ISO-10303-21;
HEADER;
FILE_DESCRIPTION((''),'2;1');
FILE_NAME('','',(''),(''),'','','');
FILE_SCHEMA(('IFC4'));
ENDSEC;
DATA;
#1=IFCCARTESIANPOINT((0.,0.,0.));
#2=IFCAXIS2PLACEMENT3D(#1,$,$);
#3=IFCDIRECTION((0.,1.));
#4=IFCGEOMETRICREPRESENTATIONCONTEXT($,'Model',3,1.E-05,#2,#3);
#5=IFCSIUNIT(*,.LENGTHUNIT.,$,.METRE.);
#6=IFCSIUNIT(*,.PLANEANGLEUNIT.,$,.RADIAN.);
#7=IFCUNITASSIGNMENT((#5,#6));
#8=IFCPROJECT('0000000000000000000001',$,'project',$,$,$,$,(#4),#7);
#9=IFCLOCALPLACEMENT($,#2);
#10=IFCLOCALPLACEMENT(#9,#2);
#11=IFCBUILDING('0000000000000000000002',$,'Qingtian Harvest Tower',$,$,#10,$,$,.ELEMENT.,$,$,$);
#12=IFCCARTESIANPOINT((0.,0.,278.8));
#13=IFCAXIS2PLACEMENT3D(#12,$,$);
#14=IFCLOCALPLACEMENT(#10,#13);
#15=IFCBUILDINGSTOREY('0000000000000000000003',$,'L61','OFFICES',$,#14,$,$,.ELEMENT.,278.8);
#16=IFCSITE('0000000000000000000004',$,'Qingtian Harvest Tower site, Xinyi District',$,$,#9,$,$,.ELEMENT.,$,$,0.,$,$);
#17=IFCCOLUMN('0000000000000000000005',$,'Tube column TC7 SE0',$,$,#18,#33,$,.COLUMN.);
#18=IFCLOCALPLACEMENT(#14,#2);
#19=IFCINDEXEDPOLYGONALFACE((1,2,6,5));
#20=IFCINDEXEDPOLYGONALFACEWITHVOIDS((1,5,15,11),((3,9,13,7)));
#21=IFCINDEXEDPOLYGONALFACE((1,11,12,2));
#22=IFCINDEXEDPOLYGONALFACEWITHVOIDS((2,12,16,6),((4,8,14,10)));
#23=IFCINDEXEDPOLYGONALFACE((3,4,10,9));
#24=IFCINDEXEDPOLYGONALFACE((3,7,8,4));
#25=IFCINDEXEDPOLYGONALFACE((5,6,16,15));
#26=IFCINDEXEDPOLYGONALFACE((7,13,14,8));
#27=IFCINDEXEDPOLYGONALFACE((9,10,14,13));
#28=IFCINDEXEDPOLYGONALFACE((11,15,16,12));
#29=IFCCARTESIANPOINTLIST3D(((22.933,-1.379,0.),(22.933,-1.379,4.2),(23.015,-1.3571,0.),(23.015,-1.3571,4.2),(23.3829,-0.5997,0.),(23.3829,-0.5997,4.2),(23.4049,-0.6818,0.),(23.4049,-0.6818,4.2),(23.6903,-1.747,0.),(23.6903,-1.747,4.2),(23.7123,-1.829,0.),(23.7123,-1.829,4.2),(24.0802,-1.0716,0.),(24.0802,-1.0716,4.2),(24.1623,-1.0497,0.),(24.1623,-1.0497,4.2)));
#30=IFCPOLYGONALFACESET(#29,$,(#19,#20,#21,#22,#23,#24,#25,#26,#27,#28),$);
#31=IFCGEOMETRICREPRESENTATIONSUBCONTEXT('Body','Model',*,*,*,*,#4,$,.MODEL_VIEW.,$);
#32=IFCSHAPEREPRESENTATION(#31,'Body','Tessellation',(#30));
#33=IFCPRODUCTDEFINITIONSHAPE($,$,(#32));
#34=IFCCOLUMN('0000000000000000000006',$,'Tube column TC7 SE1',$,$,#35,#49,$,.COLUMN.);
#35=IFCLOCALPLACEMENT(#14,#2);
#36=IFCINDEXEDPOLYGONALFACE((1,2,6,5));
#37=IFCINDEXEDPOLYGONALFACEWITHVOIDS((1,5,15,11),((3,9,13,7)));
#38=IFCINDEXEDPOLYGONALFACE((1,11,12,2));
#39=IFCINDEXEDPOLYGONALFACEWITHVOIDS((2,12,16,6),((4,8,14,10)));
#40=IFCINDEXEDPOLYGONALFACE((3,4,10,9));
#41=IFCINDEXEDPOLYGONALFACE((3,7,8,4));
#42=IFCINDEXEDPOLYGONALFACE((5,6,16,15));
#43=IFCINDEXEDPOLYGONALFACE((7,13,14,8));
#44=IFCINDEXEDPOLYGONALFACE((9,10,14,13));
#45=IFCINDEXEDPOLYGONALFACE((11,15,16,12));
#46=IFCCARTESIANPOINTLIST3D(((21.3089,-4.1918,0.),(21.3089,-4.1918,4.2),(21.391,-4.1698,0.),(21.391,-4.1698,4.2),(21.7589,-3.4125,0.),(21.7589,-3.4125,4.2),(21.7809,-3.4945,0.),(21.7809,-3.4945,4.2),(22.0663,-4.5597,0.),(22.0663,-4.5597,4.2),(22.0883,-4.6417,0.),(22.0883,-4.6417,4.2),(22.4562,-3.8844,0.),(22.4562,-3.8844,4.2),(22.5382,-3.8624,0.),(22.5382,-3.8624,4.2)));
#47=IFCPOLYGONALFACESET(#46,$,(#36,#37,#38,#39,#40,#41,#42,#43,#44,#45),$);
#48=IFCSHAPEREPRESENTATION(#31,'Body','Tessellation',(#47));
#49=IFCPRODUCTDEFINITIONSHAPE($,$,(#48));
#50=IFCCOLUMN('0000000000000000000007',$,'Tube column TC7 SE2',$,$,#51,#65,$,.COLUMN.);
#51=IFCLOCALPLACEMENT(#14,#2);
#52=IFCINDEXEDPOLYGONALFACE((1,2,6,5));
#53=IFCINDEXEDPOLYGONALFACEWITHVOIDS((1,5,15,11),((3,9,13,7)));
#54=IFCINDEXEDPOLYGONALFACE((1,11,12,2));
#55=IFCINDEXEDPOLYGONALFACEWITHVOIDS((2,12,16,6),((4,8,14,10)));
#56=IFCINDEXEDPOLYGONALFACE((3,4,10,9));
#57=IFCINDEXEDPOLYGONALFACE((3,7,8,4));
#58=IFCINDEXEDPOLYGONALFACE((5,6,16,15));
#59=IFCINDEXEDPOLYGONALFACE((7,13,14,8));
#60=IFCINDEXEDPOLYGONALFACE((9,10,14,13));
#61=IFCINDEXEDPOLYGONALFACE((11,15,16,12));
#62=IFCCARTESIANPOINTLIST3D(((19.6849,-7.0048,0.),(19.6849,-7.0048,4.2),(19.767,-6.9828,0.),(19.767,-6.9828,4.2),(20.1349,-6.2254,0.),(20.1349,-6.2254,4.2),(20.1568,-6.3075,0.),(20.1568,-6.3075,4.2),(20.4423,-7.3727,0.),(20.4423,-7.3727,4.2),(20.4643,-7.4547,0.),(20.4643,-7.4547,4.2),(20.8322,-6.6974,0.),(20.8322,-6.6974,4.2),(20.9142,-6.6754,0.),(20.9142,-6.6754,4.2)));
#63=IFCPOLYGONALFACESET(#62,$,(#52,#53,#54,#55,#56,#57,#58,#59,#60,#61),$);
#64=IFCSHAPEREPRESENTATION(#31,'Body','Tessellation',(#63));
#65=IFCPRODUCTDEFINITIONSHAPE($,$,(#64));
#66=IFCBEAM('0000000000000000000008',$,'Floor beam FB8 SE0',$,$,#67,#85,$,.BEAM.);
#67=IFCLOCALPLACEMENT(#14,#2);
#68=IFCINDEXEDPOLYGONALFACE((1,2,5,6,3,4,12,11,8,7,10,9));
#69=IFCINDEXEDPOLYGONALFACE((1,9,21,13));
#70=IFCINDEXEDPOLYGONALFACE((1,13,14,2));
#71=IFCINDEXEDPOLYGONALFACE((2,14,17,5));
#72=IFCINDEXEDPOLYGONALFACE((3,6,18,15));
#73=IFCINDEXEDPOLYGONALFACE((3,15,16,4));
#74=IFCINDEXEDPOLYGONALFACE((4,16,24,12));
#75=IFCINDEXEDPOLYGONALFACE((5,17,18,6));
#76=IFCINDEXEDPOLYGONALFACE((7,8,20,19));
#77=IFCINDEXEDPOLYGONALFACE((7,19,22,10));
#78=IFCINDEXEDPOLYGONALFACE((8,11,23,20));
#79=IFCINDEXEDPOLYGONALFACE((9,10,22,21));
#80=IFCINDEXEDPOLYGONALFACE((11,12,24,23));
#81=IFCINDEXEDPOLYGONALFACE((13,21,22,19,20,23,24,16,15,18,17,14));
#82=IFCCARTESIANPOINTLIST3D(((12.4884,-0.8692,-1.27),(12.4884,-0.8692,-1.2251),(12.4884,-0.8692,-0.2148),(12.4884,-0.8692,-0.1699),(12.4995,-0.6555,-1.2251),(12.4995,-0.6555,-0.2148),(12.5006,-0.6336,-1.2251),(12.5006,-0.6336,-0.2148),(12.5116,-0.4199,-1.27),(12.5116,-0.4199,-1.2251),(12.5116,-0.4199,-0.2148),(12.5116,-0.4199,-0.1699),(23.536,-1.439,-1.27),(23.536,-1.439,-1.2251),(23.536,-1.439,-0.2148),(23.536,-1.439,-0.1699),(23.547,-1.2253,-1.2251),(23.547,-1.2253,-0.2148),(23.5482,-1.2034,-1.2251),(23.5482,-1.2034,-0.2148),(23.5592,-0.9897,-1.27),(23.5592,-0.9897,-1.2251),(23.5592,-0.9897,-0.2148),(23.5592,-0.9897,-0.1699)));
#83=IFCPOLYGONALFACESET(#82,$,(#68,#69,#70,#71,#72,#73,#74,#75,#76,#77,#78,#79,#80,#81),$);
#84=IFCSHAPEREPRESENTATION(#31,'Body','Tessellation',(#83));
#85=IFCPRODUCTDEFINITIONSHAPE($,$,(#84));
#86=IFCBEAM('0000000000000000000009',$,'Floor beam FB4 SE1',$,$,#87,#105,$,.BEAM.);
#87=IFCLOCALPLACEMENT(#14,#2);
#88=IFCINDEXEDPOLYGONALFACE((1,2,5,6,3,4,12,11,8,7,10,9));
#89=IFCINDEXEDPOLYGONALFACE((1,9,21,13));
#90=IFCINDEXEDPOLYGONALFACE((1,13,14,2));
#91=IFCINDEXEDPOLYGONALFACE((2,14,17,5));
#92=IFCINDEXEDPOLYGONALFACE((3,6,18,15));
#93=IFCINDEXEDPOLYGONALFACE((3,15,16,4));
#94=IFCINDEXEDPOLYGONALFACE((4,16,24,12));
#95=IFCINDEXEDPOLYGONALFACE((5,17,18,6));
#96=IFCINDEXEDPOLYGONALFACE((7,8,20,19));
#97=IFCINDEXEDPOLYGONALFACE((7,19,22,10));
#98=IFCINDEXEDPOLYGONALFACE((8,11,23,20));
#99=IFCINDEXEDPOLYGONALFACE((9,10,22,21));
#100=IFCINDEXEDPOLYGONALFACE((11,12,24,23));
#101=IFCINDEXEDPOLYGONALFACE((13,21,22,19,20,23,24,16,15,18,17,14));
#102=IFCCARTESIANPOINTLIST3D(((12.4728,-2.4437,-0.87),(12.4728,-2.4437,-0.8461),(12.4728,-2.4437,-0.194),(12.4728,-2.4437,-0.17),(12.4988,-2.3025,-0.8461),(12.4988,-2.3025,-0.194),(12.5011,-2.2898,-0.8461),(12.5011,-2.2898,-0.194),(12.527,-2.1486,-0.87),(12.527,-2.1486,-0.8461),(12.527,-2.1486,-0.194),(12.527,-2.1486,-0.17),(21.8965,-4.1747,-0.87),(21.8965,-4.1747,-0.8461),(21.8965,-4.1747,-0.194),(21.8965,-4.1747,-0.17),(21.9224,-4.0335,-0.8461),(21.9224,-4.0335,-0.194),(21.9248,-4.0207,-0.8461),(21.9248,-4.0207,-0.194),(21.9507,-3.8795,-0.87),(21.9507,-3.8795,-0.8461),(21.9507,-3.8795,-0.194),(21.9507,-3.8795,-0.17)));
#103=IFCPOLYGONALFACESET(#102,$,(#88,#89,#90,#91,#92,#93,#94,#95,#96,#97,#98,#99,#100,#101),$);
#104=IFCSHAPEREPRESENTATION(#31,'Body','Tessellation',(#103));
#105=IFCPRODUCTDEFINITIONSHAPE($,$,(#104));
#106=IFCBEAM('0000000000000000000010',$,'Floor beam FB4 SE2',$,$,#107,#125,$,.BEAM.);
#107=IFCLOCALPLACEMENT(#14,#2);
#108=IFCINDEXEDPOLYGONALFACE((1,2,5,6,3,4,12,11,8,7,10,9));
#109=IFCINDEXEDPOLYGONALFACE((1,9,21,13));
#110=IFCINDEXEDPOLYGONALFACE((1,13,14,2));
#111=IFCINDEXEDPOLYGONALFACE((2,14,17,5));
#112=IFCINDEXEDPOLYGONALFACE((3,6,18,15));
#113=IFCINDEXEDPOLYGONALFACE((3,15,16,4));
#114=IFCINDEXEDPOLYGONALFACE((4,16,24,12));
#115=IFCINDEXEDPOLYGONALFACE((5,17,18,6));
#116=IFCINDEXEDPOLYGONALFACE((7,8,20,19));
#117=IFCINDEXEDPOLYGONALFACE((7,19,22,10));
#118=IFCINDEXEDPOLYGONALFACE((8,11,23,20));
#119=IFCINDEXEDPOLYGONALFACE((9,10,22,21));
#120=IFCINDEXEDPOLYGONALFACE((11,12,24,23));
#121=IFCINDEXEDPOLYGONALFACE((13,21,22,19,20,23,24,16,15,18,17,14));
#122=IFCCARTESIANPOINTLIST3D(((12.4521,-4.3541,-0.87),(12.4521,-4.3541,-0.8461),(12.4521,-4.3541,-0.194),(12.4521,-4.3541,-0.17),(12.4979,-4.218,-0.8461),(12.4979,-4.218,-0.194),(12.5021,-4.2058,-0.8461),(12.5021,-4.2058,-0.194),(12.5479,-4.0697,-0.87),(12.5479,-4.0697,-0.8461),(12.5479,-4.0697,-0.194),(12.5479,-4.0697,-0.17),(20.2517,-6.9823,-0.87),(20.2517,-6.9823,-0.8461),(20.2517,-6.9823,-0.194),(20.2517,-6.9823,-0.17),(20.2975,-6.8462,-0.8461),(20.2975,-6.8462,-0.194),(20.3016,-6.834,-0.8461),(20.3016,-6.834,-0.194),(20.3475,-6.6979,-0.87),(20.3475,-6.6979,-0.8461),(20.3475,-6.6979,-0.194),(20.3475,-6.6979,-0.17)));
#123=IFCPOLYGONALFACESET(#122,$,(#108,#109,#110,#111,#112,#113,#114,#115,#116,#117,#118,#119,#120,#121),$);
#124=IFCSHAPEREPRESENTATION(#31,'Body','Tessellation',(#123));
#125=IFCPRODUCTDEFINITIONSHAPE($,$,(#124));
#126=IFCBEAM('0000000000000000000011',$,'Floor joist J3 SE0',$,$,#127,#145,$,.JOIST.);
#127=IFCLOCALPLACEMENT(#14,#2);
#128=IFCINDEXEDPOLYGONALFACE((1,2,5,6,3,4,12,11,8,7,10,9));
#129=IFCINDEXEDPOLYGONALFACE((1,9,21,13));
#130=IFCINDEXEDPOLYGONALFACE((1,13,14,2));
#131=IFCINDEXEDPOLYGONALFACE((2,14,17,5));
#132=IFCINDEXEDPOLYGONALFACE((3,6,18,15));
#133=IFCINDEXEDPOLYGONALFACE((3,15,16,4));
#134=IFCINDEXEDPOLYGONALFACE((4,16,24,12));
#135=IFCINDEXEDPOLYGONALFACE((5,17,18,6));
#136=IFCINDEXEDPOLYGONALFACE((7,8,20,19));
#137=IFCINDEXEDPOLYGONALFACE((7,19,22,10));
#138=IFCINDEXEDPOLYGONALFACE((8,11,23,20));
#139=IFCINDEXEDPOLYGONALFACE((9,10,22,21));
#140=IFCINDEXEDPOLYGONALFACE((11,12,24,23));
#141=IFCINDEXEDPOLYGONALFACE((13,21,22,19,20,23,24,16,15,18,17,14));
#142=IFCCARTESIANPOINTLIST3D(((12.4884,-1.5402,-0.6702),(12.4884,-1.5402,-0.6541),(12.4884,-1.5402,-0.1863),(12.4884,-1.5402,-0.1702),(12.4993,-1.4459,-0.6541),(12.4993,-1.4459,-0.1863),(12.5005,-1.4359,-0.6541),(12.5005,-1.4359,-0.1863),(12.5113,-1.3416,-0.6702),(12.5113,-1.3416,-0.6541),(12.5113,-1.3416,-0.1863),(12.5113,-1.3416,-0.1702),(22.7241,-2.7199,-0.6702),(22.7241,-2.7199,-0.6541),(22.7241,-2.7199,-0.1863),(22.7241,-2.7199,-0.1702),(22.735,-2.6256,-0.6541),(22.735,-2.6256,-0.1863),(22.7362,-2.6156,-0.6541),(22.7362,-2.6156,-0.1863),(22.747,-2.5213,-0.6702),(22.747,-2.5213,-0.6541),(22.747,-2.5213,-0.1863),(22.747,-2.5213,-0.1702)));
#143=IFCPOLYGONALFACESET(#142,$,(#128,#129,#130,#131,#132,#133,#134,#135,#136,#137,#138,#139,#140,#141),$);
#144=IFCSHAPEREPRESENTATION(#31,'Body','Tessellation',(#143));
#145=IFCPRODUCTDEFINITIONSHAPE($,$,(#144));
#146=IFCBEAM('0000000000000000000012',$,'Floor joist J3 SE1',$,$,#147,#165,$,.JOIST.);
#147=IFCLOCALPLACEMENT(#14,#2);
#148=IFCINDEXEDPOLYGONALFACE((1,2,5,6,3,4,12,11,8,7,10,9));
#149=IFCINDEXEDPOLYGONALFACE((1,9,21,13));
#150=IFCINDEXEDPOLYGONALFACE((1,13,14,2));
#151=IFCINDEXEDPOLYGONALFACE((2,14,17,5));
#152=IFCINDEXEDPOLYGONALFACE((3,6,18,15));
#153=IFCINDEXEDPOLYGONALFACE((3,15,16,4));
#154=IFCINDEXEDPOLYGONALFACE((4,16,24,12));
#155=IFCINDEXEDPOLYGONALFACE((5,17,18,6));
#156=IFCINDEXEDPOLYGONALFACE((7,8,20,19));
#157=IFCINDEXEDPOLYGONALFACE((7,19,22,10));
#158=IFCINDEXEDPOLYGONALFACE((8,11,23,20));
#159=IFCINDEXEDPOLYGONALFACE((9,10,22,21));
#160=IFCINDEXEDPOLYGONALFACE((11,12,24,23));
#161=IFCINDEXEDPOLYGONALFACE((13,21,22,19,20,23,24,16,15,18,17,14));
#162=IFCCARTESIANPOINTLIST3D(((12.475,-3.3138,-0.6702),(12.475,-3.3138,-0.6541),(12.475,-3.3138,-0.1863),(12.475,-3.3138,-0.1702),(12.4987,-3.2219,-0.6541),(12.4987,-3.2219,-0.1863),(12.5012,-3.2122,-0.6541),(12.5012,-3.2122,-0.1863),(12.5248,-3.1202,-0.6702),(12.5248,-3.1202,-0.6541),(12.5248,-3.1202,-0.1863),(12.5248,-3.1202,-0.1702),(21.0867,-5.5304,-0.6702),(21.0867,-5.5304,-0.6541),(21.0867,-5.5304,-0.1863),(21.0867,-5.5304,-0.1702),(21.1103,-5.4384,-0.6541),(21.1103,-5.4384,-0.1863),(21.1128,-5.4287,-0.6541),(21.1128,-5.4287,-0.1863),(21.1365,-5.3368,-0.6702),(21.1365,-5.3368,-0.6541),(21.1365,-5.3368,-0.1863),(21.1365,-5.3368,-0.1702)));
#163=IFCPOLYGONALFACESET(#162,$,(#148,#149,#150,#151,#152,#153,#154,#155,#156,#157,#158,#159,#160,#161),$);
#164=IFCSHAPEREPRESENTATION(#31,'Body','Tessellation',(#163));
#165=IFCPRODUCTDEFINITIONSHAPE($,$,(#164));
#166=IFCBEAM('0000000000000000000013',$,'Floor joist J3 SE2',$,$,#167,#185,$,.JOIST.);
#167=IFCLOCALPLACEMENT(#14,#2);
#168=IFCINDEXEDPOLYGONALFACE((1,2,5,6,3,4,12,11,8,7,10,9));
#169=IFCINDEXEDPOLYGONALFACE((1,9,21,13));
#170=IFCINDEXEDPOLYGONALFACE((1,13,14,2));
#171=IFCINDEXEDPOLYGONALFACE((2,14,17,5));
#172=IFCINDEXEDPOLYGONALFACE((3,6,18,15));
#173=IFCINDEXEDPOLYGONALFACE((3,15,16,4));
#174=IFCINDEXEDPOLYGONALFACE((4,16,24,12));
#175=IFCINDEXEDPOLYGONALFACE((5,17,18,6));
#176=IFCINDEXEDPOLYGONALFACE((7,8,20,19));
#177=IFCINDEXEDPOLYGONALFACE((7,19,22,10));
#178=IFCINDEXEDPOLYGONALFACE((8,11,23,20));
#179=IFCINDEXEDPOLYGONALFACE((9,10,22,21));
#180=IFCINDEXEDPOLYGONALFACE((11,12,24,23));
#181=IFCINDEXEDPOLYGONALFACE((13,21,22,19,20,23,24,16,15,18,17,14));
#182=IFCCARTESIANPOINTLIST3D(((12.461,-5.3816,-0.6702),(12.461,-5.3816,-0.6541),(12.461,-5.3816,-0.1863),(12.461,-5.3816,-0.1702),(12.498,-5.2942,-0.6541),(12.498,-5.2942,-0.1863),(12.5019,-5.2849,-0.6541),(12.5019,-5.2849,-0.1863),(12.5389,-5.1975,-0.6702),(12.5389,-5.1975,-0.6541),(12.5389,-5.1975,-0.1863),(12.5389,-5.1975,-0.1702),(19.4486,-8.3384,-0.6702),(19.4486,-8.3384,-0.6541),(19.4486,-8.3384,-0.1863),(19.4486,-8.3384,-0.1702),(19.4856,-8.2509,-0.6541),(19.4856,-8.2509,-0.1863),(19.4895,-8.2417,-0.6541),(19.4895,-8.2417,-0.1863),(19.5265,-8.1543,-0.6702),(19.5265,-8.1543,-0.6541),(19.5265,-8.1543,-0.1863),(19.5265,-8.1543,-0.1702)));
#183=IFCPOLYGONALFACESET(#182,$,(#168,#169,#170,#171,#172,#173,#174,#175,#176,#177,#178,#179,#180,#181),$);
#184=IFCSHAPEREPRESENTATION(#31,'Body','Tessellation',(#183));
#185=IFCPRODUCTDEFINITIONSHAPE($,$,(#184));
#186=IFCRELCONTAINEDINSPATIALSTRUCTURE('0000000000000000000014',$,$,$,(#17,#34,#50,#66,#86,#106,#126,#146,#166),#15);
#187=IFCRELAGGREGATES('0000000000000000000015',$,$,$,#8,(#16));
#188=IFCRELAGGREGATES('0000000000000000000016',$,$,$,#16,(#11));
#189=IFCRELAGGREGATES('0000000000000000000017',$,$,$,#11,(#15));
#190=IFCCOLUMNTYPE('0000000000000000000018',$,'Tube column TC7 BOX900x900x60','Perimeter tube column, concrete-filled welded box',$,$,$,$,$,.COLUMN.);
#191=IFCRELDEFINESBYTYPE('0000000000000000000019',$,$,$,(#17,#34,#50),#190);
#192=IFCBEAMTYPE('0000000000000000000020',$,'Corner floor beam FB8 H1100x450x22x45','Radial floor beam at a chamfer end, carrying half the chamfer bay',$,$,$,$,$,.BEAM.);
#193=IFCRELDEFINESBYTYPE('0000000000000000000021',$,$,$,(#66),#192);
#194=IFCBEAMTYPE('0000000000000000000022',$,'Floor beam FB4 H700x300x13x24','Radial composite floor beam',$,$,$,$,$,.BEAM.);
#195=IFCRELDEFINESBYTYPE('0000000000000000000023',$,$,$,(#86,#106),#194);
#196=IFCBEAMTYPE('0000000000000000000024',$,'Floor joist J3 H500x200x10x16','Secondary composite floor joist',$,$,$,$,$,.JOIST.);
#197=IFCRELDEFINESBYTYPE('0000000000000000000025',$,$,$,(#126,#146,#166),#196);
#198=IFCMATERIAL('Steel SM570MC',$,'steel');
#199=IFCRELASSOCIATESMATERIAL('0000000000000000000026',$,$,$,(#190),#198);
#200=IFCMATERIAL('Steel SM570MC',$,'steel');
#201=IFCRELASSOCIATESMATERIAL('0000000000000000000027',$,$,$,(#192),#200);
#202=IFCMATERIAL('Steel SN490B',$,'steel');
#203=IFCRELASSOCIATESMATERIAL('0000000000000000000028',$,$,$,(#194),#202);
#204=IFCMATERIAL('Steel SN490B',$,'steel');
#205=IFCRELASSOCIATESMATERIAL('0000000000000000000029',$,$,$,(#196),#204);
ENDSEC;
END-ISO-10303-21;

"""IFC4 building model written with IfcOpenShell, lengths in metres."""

from ifc_helpers import new_model, si_unit, direction, frame, origin, origin_2d, place, context, subcontext, project, spatial, hollow_rectangle, i_section, extrude, material, material_profile, profile_set, type_object, element, save


model = new_model("IFC4")

# Units and contexts
model_context = context("Model", 3, precision=1e-05, world=origin(), true_north=direction((0.0, 1.0)))
body_context = subcontext(model_context, "Body", "Model", "MODEL_VIEW")
ifc_project = project(units=[si_unit("LENGTHUNIT", "METRE"), si_unit("PLANEANGLEUNIT", "RADIAN")], contexts=[model_context])

# Site, building, storey
site_placement = place(None, origin())
site = spatial("IfcSite", under=ifc_project, at=site_placement, Name="Qingtian Harvest Tower site, Xinyi District", CompositionType="ELEMENT", RefElevation=0.0)
building_placement = place(site_placement, origin())
building = spatial("IfcBuilding", under=site, at=building_placement, Name="Qingtian Harvest Tower", CompositionType="ELEMENT")
storey_placement = place(building_placement, frame((0.0, 0.0, 278.8)))
storey = spatial("IfcBuildingStorey", under=building, at=storey_placement, Name="L61", Description="OFFICES", CompositionType="ELEMENT", Elevation=278.8)

# Columns
ifc_material_1 = material(Name="Steel SM570MC", Category="steel")
ifc_material_profile_1 = material_profile(ifc_material_1, hollow_rectangle(XDim=0.8999, YDim=0.8999, WallThickness=0.0601, at=origin_2d()), Name="BOX900x900x60")
ifc_profile_set_1 = profile_set([ifc_material_profile_1], Name="Steel SM570MC")
column_type = type_object("IfcColumnType", Name="Tube column TC7 BOX900x900x60", Description="Perimeter tube column, concrete-filled welded box", PredefinedType="COLUMN", material=ifc_profile_set_1)
for number, where, z_axis, x_axis, name in (
    (1, (23.5476, -1.2144, 0.0), (0.0, 0.0, 1.0), (0.5, 0.866025, 0.0), "Tube column TC7 SE0"),
    (2, (21.9236, -4.0271, 0.0), (0.0, 0.0, 1.0), (0.5, 0.866025, 0.0), "Tube column TC7 SE1"),
    (3, (20.2996, -6.8401, 0.0), (0.0, 0.0, 1.0), (0.5, 0.866025, 0.0), "Tube column TC7 SE2"),
):
    element("IfcColumn", number, at=place(storey_placement, frame(where, z_axis=z_axis, x_axis=x_axis)), inside=storey, type_object=column_type, Name=name, PredefinedType="COLUMN", context=body_context, shape_type="SweptSolid", body=[
        extrude(hollow_rectangle(XDim=0.8999, YDim=0.8999, WallThickness=0.0601, at=origin_2d()), origin(), (0.0, 0.0, 1.0), 4.2),
    ])

# Beams
ifc_material_2 = material(Name="Steel SM570MC", Category="steel")
ifc_material_profile_2 = material_profile(ifc_material_2, i_section(OverallWidth=0.45, OverallDepth=1.1001, WebThickness=0.022, FlangeThickness=0.0449, at=origin_2d()), Name="H1100x450x22x45")
ifc_profile_set_2 = profile_set([ifc_material_profile_2], Name="Steel SM570MC")
beam_type_1 = type_object("IfcBeamType", Name="Corner floor beam FB8 H1100x450x22x45", Description="Radial floor beam at a chamfer end, carrying half the chamfer bay", PredefinedType="BEAM", material=ifc_profile_set_2)
beam_1_placement = place(storey_placement, frame((23.5476, -1.2144, -0.72), z_axis=(-0.998672, 0.05151, 0.0), x_axis=(-0.05151, -0.998672, 0.0)))
element("IfcBeam", 4, at=beam_1_placement, inside=storey, type_object=beam_type_1, Name="Floor beam FB8 SE0", PredefinedType="BEAM", context=body_context, shape_type="SweptSolid", body=[
    extrude(i_section(OverallWidth=0.45, OverallDepth=1.1001, WebThickness=0.022, FlangeThickness=0.0449, at=origin_2d()), origin(), (0.0, 0.0, 1.0), 11.0623),
])
ifc_material_3 = material(Name="Steel SN490B", Category="steel")
ifc_material_profile_3 = material_profile(ifc_material_3, i_section(OverallWidth=0.3, OverallDepth=0.7, WebThickness=0.0129, FlangeThickness=0.0239, at=origin_2d()), Name="H700x300x13x24")
ifc_profile_set_3 = profile_set([ifc_material_profile_3], Name="Steel SN490B")
beam_type_2 = type_object("IfcBeamType", Name="Floor beam FB4 H700x300x13x24", Description="Radial composite floor beam", PredefinedType="BEAM", material=ifc_profile_set_3)
beam_2_placement = place(storey_placement, frame((21.9236, -4.0271, -0.52), z_axis=(-0.983545, 0.180661, 0.0), x_axis=(-0.180661, -0.983545, 0.0)))
element("IfcBeam", 5, at=beam_2_placement, inside=storey, type_object=beam_type_2, Name="Floor beam FB4 SE1", PredefinedType="BEAM", context=body_context, shape_type="SweptSolid", body=[
    extrude(i_section(OverallWidth=0.3, OverallDepth=0.7, WebThickness=0.0129, FlangeThickness=0.0239, at=origin_2d()), origin(), (0.0, 0.0, 1.0), 9.5813),
])
beam_3_placement = place(storey_placement, frame((20.2996, -6.8401, -0.52), z_axis=(-0.947646, 0.319323, 0.0), x_axis=(-0.319323, -0.947646, 0.0)))
element("IfcBeam", 6, at=beam_3_placement, inside=storey, type_object=beam_type_2, Name="Floor beam FB4 SE2", PredefinedType="BEAM", context=body_context, shape_type="SweptSolid", body=[
    extrude(i_section(OverallWidth=0.3, OverallDepth=0.7, WebThickness=0.0129, FlangeThickness=0.0239, at=origin_2d()), origin(), (0.0, 0.0, 1.0), 8.2305),
])
ifc_material_4 = material(Name="Steel SN490B", Category="steel")
ifc_material_profile_4 = material_profile(ifc_material_4, i_section(OverallWidth=0.2, OverallDepth=0.5, WebThickness=0.01, FlangeThickness=0.0161, at=origin_2d()), Name="H500x200x10x16")
ifc_profile_set_4 = profile_set([ifc_material_profile_4], Name="Steel SN490B")
beam_type_3 = type_object("IfcBeamType", Name="Floor joist J3 H500x200x10x16", Description="Secondary composite floor joist", PredefinedType="JOIST", material=ifc_profile_set_4)
beam_4_placement = place(storey_placement, frame((22.7356, -2.6206, -0.4202), z_axis=(-0.993424, 0.114495, 0.0), x_axis=(-0.114495, -0.993424, 0.0)))
element("IfcBeam", 7, at=beam_4_placement, inside=storey, type_object=beam_type_3, Name="Floor joist J3 SE0", PredefinedType="JOIST", context=body_context, shape_type="SweptSolid", body=[
    extrude(i_section(OverallWidth=0.2, OverallDepth=0.5, WebThickness=0.01, FlangeThickness=0.0161, at=origin_2d()), origin(), (0.0, 0.0, 1.0), 10.3035),
])
beam_5_placement = place(storey_placement, frame((21.1116, -5.4336, -0.4202), z_axis=(-0.968435, 0.249268, 0.0), x_axis=(-0.249268, -0.968435, 0.0)))
element("IfcBeam", 8, at=beam_5_placement, inside=storey, type_object=beam_type_3, Name="Floor joist J3 SE1", PredefinedType="JOIST", context=body_context, shape_type="SweptSolid", body=[
    extrude(i_section(OverallWidth=0.2, OverallDepth=0.5, WebThickness=0.01, FlangeThickness=0.0161, at=origin_2d()), origin(), (0.0, 0.0, 1.0), 8.8923),
])
beam_6_placement = place(storey_placement, frame((19.4875, -8.2463, -0.4202), z_axis=(-0.920943, 0.389698, 0.0), x_axis=(-0.389698, -0.920943, 0.0)))
element("IfcBeam", 9, at=beam_6_placement, inside=storey, type_object=beam_type_3, Name="Floor joist J3 SE2", PredefinedType="JOIST", context=body_context, shape_type="SweptSolid", body=[
    extrude(i_section(OverallWidth=0.2, OverallDepth=0.5, WebThickness=0.01, FlangeThickness=0.0161, at=origin_2d()), origin(), (0.0, 0.0, 1.0), 7.5874),
])

save(model, "model.ifc")
